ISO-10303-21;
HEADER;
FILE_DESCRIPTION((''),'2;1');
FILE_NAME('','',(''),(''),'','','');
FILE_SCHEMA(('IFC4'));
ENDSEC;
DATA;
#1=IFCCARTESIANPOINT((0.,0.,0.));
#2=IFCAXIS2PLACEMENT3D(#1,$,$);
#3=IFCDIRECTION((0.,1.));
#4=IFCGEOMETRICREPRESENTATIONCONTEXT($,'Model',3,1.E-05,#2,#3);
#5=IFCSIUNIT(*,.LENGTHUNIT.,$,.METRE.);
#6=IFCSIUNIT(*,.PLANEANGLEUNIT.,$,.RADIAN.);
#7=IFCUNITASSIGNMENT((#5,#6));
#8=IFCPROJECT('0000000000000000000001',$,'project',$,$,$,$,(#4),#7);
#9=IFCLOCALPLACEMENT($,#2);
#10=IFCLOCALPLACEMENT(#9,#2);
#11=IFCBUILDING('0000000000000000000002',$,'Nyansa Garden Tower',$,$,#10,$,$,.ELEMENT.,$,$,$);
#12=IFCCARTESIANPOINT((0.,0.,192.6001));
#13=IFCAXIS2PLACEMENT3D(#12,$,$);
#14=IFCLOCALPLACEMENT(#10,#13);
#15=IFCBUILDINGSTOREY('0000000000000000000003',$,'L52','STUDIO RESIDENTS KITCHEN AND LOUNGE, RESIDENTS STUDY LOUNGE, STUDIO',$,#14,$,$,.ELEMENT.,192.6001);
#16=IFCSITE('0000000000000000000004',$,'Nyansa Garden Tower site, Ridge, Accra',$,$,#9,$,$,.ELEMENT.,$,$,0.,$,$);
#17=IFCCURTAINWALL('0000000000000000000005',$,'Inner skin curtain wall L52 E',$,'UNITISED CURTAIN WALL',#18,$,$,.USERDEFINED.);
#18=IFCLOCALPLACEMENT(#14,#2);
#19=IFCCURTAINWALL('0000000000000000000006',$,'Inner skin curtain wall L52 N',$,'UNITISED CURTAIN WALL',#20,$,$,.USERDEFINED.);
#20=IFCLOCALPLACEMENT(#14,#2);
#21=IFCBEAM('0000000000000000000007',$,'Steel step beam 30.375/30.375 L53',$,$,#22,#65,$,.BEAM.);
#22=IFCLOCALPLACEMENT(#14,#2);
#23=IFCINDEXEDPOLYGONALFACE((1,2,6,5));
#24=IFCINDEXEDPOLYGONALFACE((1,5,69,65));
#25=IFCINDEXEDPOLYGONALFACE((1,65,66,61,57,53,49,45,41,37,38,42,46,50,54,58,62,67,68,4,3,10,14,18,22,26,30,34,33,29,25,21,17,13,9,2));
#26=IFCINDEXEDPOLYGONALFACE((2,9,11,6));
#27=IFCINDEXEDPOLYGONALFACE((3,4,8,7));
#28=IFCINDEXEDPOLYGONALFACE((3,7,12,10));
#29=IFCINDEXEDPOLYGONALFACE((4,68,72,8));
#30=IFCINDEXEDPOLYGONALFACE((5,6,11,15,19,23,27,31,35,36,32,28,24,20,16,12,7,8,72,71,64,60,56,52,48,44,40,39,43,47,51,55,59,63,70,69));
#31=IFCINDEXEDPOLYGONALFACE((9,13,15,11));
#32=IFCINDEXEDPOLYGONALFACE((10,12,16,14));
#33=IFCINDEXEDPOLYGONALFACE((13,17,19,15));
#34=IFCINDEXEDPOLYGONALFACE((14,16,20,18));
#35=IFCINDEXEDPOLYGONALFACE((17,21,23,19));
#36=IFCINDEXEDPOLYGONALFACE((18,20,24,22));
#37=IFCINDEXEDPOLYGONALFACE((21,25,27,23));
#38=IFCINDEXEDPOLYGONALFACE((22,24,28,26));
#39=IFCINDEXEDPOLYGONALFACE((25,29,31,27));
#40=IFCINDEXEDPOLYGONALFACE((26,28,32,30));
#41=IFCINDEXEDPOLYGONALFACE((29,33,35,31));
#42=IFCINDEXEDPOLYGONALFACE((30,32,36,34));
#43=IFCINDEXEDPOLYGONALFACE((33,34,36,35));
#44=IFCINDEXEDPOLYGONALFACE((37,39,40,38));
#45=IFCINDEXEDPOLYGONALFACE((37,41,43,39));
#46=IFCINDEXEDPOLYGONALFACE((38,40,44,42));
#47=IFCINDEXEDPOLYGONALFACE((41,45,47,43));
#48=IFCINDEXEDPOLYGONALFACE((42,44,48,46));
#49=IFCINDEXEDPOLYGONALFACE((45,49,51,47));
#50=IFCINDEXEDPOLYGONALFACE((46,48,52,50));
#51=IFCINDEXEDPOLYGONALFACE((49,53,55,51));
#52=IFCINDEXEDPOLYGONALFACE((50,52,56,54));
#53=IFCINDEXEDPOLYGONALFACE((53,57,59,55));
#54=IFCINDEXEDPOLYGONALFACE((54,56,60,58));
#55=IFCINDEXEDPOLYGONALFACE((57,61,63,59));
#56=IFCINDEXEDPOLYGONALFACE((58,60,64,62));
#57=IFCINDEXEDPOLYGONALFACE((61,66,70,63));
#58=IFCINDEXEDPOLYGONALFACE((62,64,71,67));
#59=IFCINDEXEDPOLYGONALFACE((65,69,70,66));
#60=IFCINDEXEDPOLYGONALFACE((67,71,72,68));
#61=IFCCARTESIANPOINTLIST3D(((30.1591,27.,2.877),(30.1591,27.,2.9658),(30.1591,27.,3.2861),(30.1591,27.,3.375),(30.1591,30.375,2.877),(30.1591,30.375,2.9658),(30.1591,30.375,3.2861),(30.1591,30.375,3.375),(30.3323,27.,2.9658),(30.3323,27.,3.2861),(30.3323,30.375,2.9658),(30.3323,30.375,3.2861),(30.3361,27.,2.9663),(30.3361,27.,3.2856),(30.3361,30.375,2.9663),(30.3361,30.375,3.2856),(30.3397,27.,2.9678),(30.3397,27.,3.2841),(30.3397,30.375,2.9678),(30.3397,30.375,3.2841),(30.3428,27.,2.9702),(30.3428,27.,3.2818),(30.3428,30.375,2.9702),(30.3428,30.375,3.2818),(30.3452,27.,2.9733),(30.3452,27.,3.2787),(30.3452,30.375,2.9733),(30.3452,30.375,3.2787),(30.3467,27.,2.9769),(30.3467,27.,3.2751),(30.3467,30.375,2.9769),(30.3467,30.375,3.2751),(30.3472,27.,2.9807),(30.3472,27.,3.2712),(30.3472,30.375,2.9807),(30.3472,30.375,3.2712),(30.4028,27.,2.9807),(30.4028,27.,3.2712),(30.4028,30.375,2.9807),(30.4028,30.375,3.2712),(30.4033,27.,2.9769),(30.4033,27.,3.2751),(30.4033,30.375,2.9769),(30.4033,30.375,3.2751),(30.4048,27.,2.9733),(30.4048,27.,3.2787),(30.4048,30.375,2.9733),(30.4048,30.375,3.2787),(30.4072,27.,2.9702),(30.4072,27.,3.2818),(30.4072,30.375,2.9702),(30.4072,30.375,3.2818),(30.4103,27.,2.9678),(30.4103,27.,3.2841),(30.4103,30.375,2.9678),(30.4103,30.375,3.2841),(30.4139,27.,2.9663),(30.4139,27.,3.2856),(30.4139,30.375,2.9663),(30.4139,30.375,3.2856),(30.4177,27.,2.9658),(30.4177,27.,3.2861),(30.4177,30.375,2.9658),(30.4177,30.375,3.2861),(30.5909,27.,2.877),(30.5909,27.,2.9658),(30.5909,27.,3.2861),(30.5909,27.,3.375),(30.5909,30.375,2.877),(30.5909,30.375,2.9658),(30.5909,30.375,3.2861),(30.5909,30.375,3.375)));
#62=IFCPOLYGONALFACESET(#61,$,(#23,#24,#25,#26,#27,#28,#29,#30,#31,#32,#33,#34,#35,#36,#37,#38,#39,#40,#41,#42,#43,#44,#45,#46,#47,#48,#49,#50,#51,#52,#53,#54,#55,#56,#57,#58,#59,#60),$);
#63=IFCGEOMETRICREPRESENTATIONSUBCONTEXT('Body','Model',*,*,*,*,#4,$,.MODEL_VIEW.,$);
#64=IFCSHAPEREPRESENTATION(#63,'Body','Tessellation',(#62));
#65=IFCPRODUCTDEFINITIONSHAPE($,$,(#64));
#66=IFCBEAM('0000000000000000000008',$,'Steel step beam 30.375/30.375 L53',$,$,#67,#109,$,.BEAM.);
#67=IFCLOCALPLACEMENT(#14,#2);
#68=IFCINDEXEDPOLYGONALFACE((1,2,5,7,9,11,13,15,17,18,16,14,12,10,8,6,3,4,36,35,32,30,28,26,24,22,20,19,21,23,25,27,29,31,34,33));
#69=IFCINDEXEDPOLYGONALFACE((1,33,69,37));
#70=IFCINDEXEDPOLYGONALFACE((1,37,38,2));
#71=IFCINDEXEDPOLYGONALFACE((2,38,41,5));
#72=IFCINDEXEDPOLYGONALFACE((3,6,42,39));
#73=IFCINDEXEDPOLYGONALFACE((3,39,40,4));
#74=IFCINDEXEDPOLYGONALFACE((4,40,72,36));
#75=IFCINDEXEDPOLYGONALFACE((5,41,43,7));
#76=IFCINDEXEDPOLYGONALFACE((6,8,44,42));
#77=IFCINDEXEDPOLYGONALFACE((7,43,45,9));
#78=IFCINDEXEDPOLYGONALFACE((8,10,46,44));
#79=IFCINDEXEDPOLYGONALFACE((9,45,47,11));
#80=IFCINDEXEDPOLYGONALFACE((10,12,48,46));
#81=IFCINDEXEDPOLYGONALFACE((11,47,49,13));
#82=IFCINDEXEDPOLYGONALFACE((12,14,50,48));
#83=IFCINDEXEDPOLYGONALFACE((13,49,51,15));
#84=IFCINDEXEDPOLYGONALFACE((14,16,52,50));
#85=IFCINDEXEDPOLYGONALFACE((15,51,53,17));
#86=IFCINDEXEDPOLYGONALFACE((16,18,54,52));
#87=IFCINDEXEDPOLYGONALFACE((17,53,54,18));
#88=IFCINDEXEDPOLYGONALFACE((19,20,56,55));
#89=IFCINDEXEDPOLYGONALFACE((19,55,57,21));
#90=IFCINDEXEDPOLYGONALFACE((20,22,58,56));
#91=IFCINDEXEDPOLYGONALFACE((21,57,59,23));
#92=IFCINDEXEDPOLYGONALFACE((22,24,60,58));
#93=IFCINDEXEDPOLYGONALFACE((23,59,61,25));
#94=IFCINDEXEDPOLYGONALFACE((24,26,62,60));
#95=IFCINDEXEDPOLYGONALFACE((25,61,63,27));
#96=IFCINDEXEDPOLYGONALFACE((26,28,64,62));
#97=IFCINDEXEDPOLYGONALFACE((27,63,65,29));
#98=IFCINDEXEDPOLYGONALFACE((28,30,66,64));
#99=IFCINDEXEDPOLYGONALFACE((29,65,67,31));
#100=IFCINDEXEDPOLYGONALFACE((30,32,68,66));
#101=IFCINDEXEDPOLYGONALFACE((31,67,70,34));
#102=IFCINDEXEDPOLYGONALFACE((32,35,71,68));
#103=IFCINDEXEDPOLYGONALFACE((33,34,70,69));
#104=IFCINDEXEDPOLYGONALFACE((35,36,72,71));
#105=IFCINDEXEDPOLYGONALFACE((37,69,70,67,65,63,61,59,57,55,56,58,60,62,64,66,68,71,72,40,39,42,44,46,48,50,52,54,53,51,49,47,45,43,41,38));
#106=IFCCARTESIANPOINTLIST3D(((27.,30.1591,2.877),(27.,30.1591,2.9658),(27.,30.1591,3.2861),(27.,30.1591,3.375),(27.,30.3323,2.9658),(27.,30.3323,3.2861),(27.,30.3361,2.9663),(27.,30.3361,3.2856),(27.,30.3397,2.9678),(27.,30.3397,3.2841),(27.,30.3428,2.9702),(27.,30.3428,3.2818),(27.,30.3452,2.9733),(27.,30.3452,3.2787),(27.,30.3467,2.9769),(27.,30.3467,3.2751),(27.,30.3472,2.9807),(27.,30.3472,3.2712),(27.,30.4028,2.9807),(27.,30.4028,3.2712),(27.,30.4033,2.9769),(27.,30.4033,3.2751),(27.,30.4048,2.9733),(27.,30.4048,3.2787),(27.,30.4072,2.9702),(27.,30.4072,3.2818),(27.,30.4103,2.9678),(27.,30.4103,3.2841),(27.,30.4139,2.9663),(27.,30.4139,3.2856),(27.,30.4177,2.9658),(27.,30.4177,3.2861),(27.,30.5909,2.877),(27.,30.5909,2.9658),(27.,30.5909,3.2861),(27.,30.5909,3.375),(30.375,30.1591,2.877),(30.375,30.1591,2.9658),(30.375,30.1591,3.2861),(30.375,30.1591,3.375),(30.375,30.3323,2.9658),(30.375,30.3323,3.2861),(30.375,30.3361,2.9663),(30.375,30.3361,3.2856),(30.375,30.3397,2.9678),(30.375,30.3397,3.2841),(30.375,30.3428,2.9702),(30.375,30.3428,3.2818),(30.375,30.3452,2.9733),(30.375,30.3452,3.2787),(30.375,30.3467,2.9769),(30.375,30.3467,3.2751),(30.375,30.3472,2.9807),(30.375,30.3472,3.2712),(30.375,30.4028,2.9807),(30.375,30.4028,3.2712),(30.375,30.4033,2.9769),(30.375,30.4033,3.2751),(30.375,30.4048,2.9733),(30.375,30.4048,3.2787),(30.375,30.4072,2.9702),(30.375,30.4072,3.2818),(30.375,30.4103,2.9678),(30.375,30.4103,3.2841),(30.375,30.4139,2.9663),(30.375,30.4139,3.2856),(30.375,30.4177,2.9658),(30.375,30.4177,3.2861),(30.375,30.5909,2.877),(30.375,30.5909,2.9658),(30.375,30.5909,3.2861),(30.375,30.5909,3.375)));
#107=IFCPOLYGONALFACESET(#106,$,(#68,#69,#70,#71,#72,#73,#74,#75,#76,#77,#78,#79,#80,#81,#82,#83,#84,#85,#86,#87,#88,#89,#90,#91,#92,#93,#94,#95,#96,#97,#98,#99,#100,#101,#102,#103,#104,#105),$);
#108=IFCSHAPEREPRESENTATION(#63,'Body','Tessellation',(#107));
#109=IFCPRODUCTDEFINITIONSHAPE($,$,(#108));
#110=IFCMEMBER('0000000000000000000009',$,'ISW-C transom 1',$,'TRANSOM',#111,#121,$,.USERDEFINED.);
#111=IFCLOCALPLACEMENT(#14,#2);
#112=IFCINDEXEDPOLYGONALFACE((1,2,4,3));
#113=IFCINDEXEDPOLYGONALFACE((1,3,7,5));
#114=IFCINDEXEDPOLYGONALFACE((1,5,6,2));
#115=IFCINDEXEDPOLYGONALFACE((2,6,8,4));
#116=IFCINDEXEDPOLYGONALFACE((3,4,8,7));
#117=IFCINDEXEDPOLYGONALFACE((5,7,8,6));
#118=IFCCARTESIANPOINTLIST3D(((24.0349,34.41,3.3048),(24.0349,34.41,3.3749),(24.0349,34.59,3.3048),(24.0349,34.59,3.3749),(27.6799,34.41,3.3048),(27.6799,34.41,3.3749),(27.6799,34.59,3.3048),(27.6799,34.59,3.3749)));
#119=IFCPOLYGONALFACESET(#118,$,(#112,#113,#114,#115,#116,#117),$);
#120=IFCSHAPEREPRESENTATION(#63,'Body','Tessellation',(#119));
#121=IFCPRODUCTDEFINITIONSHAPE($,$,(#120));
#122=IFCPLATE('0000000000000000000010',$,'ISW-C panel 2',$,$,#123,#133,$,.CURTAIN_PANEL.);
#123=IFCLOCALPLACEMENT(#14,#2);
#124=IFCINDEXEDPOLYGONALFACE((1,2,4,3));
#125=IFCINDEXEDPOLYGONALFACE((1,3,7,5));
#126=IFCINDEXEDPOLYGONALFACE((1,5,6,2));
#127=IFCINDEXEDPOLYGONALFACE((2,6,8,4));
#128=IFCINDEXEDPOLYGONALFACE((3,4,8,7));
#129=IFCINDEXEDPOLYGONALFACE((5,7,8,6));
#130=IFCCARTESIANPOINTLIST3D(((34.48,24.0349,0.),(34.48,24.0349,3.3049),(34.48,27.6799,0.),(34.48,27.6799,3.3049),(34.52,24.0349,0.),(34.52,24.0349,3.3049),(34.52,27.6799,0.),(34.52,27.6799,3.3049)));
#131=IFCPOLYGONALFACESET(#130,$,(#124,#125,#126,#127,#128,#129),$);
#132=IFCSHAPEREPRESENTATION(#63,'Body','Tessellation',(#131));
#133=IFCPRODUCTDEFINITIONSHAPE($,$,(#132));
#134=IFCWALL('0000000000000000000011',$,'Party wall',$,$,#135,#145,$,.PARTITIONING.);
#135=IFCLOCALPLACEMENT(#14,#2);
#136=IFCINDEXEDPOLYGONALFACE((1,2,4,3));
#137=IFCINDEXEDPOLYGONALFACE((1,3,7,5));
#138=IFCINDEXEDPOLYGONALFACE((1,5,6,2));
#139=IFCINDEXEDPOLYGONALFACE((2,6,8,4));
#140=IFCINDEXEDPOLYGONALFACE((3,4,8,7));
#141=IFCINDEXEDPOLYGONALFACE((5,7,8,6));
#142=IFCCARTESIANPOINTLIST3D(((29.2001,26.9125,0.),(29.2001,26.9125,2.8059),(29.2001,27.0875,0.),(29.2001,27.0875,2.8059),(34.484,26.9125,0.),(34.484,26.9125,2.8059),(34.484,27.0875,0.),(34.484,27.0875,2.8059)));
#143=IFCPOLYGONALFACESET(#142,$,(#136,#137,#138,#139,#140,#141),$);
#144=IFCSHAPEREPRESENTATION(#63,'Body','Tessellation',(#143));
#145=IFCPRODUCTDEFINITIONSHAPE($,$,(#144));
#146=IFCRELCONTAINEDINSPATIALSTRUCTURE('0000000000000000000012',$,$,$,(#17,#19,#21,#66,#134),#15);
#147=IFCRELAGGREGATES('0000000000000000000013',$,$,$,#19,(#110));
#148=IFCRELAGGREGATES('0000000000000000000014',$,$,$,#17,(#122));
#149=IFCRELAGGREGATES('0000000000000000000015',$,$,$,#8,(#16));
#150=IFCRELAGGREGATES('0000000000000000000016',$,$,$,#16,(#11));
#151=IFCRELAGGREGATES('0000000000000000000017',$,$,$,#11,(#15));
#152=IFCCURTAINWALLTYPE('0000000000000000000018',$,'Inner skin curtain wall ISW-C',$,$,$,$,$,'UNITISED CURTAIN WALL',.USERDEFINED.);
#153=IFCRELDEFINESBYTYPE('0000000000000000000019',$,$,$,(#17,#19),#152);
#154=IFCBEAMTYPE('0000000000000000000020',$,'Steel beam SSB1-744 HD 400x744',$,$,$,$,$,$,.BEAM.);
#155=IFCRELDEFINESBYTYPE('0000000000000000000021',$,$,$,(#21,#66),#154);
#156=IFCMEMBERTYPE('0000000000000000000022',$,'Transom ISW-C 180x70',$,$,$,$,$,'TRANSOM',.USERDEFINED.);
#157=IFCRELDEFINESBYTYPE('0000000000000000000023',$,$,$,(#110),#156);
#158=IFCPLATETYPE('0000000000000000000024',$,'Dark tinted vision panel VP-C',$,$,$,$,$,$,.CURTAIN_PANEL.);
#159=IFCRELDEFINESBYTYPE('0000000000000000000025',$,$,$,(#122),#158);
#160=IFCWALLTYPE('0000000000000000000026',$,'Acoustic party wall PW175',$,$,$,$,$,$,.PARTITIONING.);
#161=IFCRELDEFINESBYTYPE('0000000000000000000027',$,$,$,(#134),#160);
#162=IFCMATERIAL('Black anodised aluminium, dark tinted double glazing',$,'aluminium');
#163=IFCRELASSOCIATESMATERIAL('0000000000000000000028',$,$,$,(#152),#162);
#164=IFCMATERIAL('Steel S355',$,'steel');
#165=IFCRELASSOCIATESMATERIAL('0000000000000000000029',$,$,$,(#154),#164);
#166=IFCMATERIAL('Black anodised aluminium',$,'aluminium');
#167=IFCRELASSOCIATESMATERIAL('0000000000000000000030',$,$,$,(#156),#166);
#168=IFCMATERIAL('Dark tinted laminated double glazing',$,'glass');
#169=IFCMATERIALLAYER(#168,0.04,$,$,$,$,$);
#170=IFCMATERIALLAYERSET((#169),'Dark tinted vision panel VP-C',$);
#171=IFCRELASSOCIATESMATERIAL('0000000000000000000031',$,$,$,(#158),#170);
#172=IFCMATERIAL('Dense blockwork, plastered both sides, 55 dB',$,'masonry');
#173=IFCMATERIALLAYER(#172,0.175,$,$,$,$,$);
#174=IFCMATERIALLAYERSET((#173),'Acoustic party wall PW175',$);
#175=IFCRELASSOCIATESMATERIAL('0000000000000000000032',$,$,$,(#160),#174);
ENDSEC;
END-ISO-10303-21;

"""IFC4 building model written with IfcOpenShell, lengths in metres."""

from ifc_helpers import new_model, si_unit, direction, frame, frame_2d, origin, origin_2d, place, context, subcontext, project, spatial, rectangle, i_section, extrude, material, layer, layer_set, material_profile, profile_set, type_object, element, aggregate, save


model = new_model("IFC4")

# Units and contexts
model_context = context("Model", 3, precision=1e-05, world=origin(), true_north=direction((0.0, 1.0)))
body_context = subcontext(model_context, "Body", "Model", "MODEL_VIEW")
ifc_project = project(units=[si_unit("LENGTHUNIT", "METRE"), si_unit("PLANEANGLEUNIT", "RADIAN")], contexts=[model_context])

# Site, building, storey
site_placement = place(None, origin())
site = spatial("IfcSite", under=ifc_project, at=site_placement, Name="Nyansa Garden Tower site, Ridge, Accra", CompositionType="ELEMENT", RefElevation=0.0)
building_placement = place(site_placement, origin())
building = spatial("IfcBuilding", under=site, at=building_placement, Name="Nyansa Garden Tower", CompositionType="ELEMENT")
storey_placement = place(building_placement, frame((0.0, 0.0, 192.6001)))
storey = spatial("IfcBuildingStorey", under=building, at=storey_placement, Name="L52", Description="STUDIO RESIDENTS KITCHEN AND LOUNGE, RESIDENTS STUDY LOUNGE, STUDIO", CompositionType="ELEMENT", Elevation=192.6001)

# Curtain walls
ifc_material_1 = material(Name="Black anodised aluminium, dark tinted double glazing", Category="aluminium")
curtain_wall_type = type_object("IfcCurtainWallType", Name="Inner skin curtain wall ISW-C", ElementType="UNITISED CURTAIN WALL", PredefinedType="USERDEFINED", material=ifc_material_1)
curtain_wall_1_placement = place(storey_placement, origin())
curtain_wall_1 = element("IfcCurtainWall", 1, at=curtain_wall_1_placement, inside=storey, type_object=curtain_wall_type, Name="Inner skin curtain wall L52 E", ObjectType="UNITISED CURTAIN WALL", PredefinedType="USERDEFINED")
curtain_wall_2_placement = place(storey_placement, origin())
curtain_wall_2 = element("IfcCurtainWall", 2, at=curtain_wall_2_placement, inside=storey, type_object=curtain_wall_type, Name="Inner skin curtain wall L52 N", ObjectType="UNITISED CURTAIN WALL", PredefinedType="USERDEFINED")

# Beams
ifc_material_2 = material(Name="Steel S355", Category="steel")
ifc_material_profile_1 = material_profile(ifc_material_2, i_section(OverallWidth=0.4319, OverallDepth=0.498, WebThickness=0.0557, FlangeThickness=0.0889, FilletRadius=0.0149, at=origin_2d()), Name="HD 400x744")
ifc_profile_set_1 = profile_set([ifc_material_profile_1], Name="Steel S355")
beam_type_1 = type_object("IfcBeamType", Name="Steel beam SSB1-744 HD 400x744", PredefinedType="BEAM", material=ifc_profile_set_1)
for number, where, z_axis, x_axis, name in (
    (3, (30.375, 30.375, 3.126), (0.0, -1.0, 0.0), (1.0, 0.0, 0.0), "Steel step beam 30.375/30.375 L53"),
    (4, (30.375, 30.375, 3.126), (-1.0, 0.0, 0.0), (0.0, -1.0, 0.0), "Steel step beam 30.375/30.375 L53"),
):
    element("IfcBeam", number, at=place(storey_placement, frame(where, z_axis=z_axis, x_axis=x_axis)), inside=storey, type_object=beam_type_1, Name=name, PredefinedType="BEAM", context=body_context, shape_type="SweptSolid", body=[
        extrude(i_section(OverallWidth=0.4319, OverallDepth=0.498, WebThickness=0.0557, FlangeThickness=0.0889, FilletRadius=0.0149, at=origin_2d()), origin(), (0.0, 0.0, 1.0), 3.375),
    ])

# Member
ifc_material_3 = material(Name="Black anodised aluminium", Category="aluminium")
ifc_material_profile_2 = material_profile(ifc_material_3, rectangle(XDim=0.1799, YDim=0.0701, at=origin_2d()), Name="Transom 180x70")
ifc_profile_set_2 = profile_set([ifc_material_profile_2], Name="Black anodised aluminium")
member_type_1 = type_object("IfcMemberType", Name="Transom ISW-C 180x70", ElementType="TRANSOM", PredefinedType="USERDEFINED", material=ifc_profile_set_2)
member_1_placement = place(storey_placement, frame((27.6799, 34.5, 3.3398), z_axis=(-1.0, 0.0, 0.0), x_axis=(0.0, -1.0, 0.0)))
member_1 = element("IfcMember", 5, at=member_1_placement, type_object=member_type_1, Name="ISW-C transom 1", ObjectType="TRANSOM", PredefinedType="USERDEFINED", context=body_context, shape_type="SweptSolid", body=[
    extrude(rectangle(XDim=0.1799, YDim=0.0701, at=origin_2d()), origin(), (0.0, 0.0, 1.0), 3.645),
])
aggregate(curtain_wall_2, [member_1])

# Plate
ifc_material_4 = material(Name="Dark tinted laminated double glazing", Category="glass")
ifc_layer_1 = layer(ifc_material_4, 0.04)
ifc_layer_set_1 = layer_set([ifc_layer_1], Name="Dark tinted vision panel VP-C")
plate_type = type_object("IfcPlateType", Name="Dark tinted vision panel VP-C", PredefinedType="CURTAIN_PANEL", material=ifc_layer_set_1)
plate_placement = place(storey_placement, frame((34.5, 25.8574, 0.0), z_axis=(0.0, 0.0, 1.0), x_axis=(0.0, 1.0, 0.0)))
plate = element("IfcPlate", 6, at=plate_placement, type_object=plate_type, Name="ISW-C panel 2", PredefinedType="CURTAIN_PANEL", context=body_context, shape_type="SweptSolid", body=[
    extrude(rectangle(XDim=3.645, YDim=0.04, at=origin_2d()), origin(), (0.0, 0.0, 1.0), 3.3049),
])
aggregate(curtain_wall_1, [plate])

# Wall
ifc_material_5 = material(Name="Dense blockwork, plastered both sides, 55 dB", Category="masonry")
ifc_layer_2 = layer(ifc_material_5, 0.175)
ifc_layer_set_2 = layer_set([ifc_layer_2], Name="Acoustic party wall PW175")
wall_type_1 = type_object("IfcWallType", Name="Acoustic party wall PW175", PredefinedType="PARTITIONING", material=ifc_layer_set_2)
wall_1_placement = place(storey_placement, frame((29.2, 27.0, 0.0), z_axis=(0.0, 0.0, 1.0), x_axis=(1.0, 0.0, 0.0)))
element("IfcWall", 7, at=wall_1_placement, inside=storey, type_object=wall_type_1, Name="Party wall", PredefinedType="PARTITIONING", context=body_context, shape_type="SweptSolid", body=[
    extrude(rectangle(XDim=5.2839, YDim=0.175, at=frame_2d((2.6421, 0.0))), origin(), (0.0, 0.0, 1.0), 2.8059),
])

save(model, "model.ifc")
